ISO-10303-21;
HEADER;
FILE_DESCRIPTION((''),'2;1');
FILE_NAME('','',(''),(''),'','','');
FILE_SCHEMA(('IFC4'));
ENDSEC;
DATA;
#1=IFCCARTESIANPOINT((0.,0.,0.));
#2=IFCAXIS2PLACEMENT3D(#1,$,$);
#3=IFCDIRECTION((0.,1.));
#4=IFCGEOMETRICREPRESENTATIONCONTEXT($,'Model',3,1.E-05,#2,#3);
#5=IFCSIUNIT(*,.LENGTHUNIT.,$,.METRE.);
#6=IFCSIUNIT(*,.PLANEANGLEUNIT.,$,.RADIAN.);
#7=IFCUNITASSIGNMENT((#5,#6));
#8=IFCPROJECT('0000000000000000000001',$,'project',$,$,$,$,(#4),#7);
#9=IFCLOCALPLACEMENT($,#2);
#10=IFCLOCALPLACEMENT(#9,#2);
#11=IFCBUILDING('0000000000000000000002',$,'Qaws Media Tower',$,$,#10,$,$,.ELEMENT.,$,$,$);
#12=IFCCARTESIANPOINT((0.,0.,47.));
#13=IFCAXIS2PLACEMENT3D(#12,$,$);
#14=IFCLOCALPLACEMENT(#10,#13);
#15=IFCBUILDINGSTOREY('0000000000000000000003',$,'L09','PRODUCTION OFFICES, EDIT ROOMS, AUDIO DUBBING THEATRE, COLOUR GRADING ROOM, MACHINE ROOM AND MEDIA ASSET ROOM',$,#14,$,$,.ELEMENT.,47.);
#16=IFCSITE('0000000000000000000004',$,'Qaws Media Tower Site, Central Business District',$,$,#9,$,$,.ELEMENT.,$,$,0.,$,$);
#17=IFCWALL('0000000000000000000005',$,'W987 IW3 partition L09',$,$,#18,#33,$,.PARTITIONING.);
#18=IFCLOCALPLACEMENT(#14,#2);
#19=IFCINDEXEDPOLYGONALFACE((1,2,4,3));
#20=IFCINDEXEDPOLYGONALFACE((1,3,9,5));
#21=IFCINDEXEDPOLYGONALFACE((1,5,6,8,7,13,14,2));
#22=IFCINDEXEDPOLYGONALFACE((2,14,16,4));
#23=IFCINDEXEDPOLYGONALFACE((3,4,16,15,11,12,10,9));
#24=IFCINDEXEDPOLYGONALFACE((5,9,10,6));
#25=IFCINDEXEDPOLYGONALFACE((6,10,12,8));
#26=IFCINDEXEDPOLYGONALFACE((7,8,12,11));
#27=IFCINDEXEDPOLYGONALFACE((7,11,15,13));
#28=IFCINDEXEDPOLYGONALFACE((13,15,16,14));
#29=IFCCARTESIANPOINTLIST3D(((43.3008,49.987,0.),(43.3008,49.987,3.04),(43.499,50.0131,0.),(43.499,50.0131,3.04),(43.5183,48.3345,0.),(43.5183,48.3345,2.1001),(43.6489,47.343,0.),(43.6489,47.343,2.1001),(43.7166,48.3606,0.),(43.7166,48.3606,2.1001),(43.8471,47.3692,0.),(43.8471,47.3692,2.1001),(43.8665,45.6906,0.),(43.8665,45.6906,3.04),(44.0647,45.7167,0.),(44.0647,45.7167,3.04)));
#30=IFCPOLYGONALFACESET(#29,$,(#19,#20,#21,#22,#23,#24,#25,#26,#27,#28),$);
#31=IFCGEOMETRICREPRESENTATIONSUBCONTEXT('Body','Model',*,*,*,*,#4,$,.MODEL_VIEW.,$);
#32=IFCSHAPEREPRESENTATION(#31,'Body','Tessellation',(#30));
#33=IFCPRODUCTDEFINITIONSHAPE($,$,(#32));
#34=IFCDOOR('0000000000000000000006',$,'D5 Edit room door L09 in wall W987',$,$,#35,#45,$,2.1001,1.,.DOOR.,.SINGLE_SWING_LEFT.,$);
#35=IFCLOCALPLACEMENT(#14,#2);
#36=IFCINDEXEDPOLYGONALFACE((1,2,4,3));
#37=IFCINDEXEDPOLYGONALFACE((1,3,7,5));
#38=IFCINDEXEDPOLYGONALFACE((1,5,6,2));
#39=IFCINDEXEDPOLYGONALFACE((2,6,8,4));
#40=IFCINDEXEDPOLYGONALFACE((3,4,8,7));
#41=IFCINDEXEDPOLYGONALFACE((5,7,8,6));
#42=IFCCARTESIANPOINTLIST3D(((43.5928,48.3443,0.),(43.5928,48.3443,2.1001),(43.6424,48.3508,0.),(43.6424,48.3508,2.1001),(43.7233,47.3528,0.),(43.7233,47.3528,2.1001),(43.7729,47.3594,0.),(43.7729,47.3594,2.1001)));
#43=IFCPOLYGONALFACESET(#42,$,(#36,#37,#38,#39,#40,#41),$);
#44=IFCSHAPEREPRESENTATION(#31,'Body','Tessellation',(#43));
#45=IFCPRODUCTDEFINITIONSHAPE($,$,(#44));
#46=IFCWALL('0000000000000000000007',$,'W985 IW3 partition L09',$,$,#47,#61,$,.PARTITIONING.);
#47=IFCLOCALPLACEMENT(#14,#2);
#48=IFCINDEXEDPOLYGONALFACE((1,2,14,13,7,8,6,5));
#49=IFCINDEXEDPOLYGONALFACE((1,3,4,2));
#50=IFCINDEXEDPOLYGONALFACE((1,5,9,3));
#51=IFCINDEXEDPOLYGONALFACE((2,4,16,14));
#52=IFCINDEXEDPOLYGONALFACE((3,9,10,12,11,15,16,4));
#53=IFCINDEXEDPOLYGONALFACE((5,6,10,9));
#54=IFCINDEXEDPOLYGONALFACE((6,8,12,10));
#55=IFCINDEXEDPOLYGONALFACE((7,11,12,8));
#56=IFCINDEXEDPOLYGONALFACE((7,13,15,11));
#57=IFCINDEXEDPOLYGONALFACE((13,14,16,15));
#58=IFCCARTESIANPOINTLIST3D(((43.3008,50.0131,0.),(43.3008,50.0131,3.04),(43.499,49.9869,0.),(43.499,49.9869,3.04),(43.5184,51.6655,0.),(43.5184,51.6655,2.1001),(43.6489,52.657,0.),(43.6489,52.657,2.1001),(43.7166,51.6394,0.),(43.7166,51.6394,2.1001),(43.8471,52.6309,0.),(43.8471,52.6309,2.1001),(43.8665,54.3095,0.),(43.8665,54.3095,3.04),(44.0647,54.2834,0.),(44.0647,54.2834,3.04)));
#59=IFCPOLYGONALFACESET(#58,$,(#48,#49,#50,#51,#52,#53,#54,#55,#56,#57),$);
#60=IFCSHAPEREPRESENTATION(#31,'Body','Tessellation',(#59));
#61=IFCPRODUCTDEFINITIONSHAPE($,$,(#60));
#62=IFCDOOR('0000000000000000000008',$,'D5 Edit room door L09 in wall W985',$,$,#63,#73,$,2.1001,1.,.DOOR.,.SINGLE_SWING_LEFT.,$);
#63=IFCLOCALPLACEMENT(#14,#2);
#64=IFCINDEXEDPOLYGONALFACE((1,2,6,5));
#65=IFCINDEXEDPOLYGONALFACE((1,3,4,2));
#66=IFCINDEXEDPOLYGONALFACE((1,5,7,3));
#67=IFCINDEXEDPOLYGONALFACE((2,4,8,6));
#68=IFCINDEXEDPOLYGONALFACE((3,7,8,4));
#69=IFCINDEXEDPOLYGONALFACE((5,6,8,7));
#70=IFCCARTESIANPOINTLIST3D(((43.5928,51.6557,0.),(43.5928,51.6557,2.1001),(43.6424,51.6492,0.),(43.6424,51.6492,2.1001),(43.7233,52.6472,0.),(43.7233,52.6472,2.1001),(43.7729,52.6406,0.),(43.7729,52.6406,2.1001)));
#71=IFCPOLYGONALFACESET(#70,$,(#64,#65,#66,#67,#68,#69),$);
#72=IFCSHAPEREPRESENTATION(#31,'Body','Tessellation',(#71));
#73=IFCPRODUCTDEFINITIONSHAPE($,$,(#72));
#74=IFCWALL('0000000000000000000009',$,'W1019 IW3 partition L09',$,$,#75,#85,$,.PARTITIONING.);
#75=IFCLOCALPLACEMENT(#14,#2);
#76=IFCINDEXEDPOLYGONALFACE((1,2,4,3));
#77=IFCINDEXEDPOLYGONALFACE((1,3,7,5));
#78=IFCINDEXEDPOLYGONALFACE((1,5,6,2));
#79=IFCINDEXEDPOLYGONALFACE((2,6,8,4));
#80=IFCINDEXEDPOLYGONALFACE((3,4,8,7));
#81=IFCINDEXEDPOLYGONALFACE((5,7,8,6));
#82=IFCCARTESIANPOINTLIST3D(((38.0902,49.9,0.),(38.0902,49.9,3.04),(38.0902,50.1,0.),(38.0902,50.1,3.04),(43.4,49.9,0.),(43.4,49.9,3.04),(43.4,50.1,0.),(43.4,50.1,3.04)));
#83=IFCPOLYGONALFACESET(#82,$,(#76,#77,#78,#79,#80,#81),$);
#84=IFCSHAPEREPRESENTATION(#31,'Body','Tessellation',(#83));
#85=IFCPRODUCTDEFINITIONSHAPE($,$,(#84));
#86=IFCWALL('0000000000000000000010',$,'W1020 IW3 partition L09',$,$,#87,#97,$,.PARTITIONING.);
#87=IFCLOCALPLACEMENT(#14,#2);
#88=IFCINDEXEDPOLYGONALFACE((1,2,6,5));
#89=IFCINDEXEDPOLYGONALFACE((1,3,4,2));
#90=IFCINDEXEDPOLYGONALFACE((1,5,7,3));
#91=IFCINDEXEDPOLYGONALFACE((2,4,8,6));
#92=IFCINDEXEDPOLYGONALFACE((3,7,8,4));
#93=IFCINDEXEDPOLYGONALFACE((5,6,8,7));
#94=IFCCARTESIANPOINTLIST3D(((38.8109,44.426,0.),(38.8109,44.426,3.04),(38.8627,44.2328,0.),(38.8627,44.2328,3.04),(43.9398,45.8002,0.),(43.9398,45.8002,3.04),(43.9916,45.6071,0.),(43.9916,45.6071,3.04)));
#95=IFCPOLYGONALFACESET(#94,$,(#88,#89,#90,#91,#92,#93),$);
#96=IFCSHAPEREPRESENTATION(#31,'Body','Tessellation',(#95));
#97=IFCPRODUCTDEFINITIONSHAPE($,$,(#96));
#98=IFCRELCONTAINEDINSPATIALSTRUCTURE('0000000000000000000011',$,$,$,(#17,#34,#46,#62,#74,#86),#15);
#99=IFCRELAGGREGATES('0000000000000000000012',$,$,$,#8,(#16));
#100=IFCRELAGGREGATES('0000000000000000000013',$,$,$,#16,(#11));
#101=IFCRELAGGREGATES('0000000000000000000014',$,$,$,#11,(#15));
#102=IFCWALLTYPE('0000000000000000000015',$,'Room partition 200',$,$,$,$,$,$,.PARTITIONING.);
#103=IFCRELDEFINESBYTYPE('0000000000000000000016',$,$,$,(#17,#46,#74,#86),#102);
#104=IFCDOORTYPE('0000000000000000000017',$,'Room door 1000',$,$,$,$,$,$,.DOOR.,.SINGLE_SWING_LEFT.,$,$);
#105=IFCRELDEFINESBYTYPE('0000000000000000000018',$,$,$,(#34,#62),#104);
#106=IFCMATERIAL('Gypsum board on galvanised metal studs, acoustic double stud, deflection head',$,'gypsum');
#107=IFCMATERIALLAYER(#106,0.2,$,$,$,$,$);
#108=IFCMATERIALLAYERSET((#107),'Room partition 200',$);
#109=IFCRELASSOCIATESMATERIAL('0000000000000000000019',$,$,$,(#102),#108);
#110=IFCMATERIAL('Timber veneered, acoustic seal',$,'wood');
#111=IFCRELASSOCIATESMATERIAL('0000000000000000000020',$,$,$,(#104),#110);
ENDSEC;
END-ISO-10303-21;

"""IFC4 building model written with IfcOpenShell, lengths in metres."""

from ifc_helpers import new_model, si_unit, direction, frame, frame_2d, origin, place, context, subcontext, project, spatial, rectangle, extrude, material, layer, layer_set, type_object, element, fill, save


model = new_model("IFC4")

# Units and contexts
model_context = context("Model", 3, precision=1e-05, world=origin(), true_north=direction((0.0, 1.0)))
body_context = subcontext(model_context, "Body", "Model", "MODEL_VIEW")
ifc_project = project(units=[si_unit("LENGTHUNIT", "METRE"), si_unit("PLANEANGLEUNIT", "RADIAN")], contexts=[model_context])

# Site, building, storey
site_placement = place(None, origin())
site = spatial("IfcSite", under=ifc_project, at=site_placement, Name="Qaws Media Tower Site, Central Business District", CompositionType="ELEMENT", RefElevation=0.0)
building_placement = place(site_placement, origin())
building = spatial("IfcBuilding", under=site, at=building_placement, Name="Qaws Media Tower", CompositionType="ELEMENT")
storey_placement = place(building_placement, frame((0.0, 0.0, 47.0)))
storey = spatial("IfcBuildingStorey", under=building, at=storey_placement, Name="L09", Description="PRODUCTION OFFICES, EDIT ROOMS, AUDIO DUBBING THEATRE, COLOUR GRADING ROOM, MACHINE ROOM AND MEDIA ASSET ROOM", CompositionType="ELEMENT", Elevation=47.0)

# Walls, openings, doors
ifc_material_1 = material(Name="Gypsum board on galvanised metal studs, acoustic double stud, deflection head", Category="gypsum")
ifc_layer_1 = layer(ifc_material_1, 0.2)
ifc_layer_set_1 = layer_set([ifc_layer_1], Name="Room partition 200")
wall_type_1 = type_object("IfcWallType", Name="Room partition 200", PredefinedType="PARTITIONING", material=ifc_layer_set_1)
wall_1_placement = place(storey_placement, frame((43.9656, 45.7036, 0.0), z_axis=(0.0, 0.0, 1.0), x_axis=(-0.130536, 0.991444, 0.0)))
wall_1 = element("IfcWall", 1, at=wall_1_placement, inside=storey, type_object=wall_type_1, Name="W987 IW3 partition L09", PredefinedType="PARTITIONING", context=body_context, shape_type="SweptSolid", body=[
    extrude(rectangle(XDim=4.3335, YDim=0.2, at=frame_2d((2.1667, 0.0))), origin(), (0.0, 0.0, 1.0), 3.04),
])
opening_1_placement = place(wall_1_placement, frame((1.6667, 0.0, 0.0)))
opening_1 = element("IfcOpeningElement", 2, at=opening_1_placement, cuts=wall_1, PredefinedType="OPENING", context=body_context, shape_type="SweptSolid", body=[
    extrude(rectangle(XDim=1.0, YDim=2.1001, at=frame_2d((0.5, 1.05))), frame((0.0, 0.1099, 0.0), z_axis=(0.0, -1.0, 0.0), x_axis=(1.0, 0.0, 0.0)), (0.0, 0.0, 1.0), 0.22),
])
ifc_material_2 = material(Name="Timber veneered, acoustic seal", Category="wood")
door_type_1 = type_object("IfcDoorType", Name="Room door 1000", OperationType="SINGLE_SWING_LEFT", PredefinedType="DOOR", material=ifc_material_2)
door_1_placement = place(opening_1_placement, origin())
door_1 = element("IfcDoor", 3, at=door_1_placement, inside=storey, type_object=door_type_1, Name="D5 Edit room door L09 in wall W987", OperationType="SINGLE_SWING_LEFT", OverallHeight=2.1001, OverallWidth=1.0, PredefinedType="DOOR", context=body_context, shape_type="SweptSolid", body=[
    extrude(rectangle(XDim=1.0, YDim=2.1001, at=frame_2d((0.5, 1.05))), frame((0.0, 0.0249, 0.0), z_axis=(0.0, -1.0, 0.0), x_axis=(1.0, 0.0, 0.0)), (0.0, 0.0, 1.0), 0.05),
])
fill(opening_1, door_1)
wall_2_placement = place(storey_placement, frame((43.3999, 50.0, 0.0), z_axis=(0.0, 0.0, 1.0), x_axis=(0.130536, 0.991444, 0.0)))
wall_2 = element("IfcWall", 4, at=wall_2_placement, inside=storey, type_object=wall_type_1, Name="W985 IW3 partition L09", PredefinedType="PARTITIONING", context=body_context, shape_type="SweptSolid", body=[
    extrude(rectangle(XDim=4.3335, YDim=0.2, at=frame_2d((2.1667, 0.0))), origin(), (0.0, 0.0, 1.0), 3.04),
])
opening_2_placement = place(wall_2_placement, frame((1.6667, 0.0, 0.0)))
opening_2 = element("IfcOpeningElement", 5, at=opening_2_placement, cuts=wall_2, PredefinedType="OPENING", context=body_context, shape_type="SweptSolid", body=[
    extrude(rectangle(XDim=1.0, YDim=2.1001, at=frame_2d((0.5, 1.05))), frame((0.0, 0.1099, 0.0), z_axis=(0.0, -1.0, 0.0), x_axis=(1.0, 0.0, 0.0)), (0.0, 0.0, 1.0), 0.22),
])
door_2_placement = place(opening_2_placement, origin())
door_2 = element("IfcDoor", 6, at=door_2_placement, inside=storey, type_object=door_type_1, Name="D5 Edit room door L09 in wall W985", OperationType="SINGLE_SWING_LEFT", OverallHeight=2.1001, OverallWidth=1.0, PredefinedType="DOOR", context=body_context, shape_type="SweptSolid", body=[
    extrude(rectangle(XDim=1.0, YDim=2.1001, at=frame_2d((0.5, 1.05))), frame((0.0, 0.0249, 0.0), z_axis=(0.0, -1.0, 0.0), x_axis=(1.0, 0.0, 0.0)), (0.0, 0.0, 1.0), 0.05),
])
fill(opening_2, door_2)

# Walls
for number, where, z_axis, x_axis, name in (
    (7, (43.3999, 50.0, 0.0), (0.0, 0.0, 1.0), (-1.0, 0.0, 0.0), "W1019 IW3 partition L09"),
    (8, (43.9656, 45.7036, 0.0), (0.0, 0.0, 1.0), (-0.965927, -0.258816, 0.0), "W1020 IW3 partition L09"),
):
    element("IfcWall", number, at=place(storey_placement, frame(where, z_axis=z_axis, x_axis=x_axis)), inside=storey, type_object=wall_type_1, Name=name, PredefinedType="PARTITIONING", context=body_context, shape_type="SweptSolid", body=[
        extrude(rectangle(XDim=5.3098, YDim=0.2, at=frame_2d((2.6548, 0.0))), origin(), (0.0, 0.0, 1.0), 3.04),
    ])

save(model, "model.ifc")
